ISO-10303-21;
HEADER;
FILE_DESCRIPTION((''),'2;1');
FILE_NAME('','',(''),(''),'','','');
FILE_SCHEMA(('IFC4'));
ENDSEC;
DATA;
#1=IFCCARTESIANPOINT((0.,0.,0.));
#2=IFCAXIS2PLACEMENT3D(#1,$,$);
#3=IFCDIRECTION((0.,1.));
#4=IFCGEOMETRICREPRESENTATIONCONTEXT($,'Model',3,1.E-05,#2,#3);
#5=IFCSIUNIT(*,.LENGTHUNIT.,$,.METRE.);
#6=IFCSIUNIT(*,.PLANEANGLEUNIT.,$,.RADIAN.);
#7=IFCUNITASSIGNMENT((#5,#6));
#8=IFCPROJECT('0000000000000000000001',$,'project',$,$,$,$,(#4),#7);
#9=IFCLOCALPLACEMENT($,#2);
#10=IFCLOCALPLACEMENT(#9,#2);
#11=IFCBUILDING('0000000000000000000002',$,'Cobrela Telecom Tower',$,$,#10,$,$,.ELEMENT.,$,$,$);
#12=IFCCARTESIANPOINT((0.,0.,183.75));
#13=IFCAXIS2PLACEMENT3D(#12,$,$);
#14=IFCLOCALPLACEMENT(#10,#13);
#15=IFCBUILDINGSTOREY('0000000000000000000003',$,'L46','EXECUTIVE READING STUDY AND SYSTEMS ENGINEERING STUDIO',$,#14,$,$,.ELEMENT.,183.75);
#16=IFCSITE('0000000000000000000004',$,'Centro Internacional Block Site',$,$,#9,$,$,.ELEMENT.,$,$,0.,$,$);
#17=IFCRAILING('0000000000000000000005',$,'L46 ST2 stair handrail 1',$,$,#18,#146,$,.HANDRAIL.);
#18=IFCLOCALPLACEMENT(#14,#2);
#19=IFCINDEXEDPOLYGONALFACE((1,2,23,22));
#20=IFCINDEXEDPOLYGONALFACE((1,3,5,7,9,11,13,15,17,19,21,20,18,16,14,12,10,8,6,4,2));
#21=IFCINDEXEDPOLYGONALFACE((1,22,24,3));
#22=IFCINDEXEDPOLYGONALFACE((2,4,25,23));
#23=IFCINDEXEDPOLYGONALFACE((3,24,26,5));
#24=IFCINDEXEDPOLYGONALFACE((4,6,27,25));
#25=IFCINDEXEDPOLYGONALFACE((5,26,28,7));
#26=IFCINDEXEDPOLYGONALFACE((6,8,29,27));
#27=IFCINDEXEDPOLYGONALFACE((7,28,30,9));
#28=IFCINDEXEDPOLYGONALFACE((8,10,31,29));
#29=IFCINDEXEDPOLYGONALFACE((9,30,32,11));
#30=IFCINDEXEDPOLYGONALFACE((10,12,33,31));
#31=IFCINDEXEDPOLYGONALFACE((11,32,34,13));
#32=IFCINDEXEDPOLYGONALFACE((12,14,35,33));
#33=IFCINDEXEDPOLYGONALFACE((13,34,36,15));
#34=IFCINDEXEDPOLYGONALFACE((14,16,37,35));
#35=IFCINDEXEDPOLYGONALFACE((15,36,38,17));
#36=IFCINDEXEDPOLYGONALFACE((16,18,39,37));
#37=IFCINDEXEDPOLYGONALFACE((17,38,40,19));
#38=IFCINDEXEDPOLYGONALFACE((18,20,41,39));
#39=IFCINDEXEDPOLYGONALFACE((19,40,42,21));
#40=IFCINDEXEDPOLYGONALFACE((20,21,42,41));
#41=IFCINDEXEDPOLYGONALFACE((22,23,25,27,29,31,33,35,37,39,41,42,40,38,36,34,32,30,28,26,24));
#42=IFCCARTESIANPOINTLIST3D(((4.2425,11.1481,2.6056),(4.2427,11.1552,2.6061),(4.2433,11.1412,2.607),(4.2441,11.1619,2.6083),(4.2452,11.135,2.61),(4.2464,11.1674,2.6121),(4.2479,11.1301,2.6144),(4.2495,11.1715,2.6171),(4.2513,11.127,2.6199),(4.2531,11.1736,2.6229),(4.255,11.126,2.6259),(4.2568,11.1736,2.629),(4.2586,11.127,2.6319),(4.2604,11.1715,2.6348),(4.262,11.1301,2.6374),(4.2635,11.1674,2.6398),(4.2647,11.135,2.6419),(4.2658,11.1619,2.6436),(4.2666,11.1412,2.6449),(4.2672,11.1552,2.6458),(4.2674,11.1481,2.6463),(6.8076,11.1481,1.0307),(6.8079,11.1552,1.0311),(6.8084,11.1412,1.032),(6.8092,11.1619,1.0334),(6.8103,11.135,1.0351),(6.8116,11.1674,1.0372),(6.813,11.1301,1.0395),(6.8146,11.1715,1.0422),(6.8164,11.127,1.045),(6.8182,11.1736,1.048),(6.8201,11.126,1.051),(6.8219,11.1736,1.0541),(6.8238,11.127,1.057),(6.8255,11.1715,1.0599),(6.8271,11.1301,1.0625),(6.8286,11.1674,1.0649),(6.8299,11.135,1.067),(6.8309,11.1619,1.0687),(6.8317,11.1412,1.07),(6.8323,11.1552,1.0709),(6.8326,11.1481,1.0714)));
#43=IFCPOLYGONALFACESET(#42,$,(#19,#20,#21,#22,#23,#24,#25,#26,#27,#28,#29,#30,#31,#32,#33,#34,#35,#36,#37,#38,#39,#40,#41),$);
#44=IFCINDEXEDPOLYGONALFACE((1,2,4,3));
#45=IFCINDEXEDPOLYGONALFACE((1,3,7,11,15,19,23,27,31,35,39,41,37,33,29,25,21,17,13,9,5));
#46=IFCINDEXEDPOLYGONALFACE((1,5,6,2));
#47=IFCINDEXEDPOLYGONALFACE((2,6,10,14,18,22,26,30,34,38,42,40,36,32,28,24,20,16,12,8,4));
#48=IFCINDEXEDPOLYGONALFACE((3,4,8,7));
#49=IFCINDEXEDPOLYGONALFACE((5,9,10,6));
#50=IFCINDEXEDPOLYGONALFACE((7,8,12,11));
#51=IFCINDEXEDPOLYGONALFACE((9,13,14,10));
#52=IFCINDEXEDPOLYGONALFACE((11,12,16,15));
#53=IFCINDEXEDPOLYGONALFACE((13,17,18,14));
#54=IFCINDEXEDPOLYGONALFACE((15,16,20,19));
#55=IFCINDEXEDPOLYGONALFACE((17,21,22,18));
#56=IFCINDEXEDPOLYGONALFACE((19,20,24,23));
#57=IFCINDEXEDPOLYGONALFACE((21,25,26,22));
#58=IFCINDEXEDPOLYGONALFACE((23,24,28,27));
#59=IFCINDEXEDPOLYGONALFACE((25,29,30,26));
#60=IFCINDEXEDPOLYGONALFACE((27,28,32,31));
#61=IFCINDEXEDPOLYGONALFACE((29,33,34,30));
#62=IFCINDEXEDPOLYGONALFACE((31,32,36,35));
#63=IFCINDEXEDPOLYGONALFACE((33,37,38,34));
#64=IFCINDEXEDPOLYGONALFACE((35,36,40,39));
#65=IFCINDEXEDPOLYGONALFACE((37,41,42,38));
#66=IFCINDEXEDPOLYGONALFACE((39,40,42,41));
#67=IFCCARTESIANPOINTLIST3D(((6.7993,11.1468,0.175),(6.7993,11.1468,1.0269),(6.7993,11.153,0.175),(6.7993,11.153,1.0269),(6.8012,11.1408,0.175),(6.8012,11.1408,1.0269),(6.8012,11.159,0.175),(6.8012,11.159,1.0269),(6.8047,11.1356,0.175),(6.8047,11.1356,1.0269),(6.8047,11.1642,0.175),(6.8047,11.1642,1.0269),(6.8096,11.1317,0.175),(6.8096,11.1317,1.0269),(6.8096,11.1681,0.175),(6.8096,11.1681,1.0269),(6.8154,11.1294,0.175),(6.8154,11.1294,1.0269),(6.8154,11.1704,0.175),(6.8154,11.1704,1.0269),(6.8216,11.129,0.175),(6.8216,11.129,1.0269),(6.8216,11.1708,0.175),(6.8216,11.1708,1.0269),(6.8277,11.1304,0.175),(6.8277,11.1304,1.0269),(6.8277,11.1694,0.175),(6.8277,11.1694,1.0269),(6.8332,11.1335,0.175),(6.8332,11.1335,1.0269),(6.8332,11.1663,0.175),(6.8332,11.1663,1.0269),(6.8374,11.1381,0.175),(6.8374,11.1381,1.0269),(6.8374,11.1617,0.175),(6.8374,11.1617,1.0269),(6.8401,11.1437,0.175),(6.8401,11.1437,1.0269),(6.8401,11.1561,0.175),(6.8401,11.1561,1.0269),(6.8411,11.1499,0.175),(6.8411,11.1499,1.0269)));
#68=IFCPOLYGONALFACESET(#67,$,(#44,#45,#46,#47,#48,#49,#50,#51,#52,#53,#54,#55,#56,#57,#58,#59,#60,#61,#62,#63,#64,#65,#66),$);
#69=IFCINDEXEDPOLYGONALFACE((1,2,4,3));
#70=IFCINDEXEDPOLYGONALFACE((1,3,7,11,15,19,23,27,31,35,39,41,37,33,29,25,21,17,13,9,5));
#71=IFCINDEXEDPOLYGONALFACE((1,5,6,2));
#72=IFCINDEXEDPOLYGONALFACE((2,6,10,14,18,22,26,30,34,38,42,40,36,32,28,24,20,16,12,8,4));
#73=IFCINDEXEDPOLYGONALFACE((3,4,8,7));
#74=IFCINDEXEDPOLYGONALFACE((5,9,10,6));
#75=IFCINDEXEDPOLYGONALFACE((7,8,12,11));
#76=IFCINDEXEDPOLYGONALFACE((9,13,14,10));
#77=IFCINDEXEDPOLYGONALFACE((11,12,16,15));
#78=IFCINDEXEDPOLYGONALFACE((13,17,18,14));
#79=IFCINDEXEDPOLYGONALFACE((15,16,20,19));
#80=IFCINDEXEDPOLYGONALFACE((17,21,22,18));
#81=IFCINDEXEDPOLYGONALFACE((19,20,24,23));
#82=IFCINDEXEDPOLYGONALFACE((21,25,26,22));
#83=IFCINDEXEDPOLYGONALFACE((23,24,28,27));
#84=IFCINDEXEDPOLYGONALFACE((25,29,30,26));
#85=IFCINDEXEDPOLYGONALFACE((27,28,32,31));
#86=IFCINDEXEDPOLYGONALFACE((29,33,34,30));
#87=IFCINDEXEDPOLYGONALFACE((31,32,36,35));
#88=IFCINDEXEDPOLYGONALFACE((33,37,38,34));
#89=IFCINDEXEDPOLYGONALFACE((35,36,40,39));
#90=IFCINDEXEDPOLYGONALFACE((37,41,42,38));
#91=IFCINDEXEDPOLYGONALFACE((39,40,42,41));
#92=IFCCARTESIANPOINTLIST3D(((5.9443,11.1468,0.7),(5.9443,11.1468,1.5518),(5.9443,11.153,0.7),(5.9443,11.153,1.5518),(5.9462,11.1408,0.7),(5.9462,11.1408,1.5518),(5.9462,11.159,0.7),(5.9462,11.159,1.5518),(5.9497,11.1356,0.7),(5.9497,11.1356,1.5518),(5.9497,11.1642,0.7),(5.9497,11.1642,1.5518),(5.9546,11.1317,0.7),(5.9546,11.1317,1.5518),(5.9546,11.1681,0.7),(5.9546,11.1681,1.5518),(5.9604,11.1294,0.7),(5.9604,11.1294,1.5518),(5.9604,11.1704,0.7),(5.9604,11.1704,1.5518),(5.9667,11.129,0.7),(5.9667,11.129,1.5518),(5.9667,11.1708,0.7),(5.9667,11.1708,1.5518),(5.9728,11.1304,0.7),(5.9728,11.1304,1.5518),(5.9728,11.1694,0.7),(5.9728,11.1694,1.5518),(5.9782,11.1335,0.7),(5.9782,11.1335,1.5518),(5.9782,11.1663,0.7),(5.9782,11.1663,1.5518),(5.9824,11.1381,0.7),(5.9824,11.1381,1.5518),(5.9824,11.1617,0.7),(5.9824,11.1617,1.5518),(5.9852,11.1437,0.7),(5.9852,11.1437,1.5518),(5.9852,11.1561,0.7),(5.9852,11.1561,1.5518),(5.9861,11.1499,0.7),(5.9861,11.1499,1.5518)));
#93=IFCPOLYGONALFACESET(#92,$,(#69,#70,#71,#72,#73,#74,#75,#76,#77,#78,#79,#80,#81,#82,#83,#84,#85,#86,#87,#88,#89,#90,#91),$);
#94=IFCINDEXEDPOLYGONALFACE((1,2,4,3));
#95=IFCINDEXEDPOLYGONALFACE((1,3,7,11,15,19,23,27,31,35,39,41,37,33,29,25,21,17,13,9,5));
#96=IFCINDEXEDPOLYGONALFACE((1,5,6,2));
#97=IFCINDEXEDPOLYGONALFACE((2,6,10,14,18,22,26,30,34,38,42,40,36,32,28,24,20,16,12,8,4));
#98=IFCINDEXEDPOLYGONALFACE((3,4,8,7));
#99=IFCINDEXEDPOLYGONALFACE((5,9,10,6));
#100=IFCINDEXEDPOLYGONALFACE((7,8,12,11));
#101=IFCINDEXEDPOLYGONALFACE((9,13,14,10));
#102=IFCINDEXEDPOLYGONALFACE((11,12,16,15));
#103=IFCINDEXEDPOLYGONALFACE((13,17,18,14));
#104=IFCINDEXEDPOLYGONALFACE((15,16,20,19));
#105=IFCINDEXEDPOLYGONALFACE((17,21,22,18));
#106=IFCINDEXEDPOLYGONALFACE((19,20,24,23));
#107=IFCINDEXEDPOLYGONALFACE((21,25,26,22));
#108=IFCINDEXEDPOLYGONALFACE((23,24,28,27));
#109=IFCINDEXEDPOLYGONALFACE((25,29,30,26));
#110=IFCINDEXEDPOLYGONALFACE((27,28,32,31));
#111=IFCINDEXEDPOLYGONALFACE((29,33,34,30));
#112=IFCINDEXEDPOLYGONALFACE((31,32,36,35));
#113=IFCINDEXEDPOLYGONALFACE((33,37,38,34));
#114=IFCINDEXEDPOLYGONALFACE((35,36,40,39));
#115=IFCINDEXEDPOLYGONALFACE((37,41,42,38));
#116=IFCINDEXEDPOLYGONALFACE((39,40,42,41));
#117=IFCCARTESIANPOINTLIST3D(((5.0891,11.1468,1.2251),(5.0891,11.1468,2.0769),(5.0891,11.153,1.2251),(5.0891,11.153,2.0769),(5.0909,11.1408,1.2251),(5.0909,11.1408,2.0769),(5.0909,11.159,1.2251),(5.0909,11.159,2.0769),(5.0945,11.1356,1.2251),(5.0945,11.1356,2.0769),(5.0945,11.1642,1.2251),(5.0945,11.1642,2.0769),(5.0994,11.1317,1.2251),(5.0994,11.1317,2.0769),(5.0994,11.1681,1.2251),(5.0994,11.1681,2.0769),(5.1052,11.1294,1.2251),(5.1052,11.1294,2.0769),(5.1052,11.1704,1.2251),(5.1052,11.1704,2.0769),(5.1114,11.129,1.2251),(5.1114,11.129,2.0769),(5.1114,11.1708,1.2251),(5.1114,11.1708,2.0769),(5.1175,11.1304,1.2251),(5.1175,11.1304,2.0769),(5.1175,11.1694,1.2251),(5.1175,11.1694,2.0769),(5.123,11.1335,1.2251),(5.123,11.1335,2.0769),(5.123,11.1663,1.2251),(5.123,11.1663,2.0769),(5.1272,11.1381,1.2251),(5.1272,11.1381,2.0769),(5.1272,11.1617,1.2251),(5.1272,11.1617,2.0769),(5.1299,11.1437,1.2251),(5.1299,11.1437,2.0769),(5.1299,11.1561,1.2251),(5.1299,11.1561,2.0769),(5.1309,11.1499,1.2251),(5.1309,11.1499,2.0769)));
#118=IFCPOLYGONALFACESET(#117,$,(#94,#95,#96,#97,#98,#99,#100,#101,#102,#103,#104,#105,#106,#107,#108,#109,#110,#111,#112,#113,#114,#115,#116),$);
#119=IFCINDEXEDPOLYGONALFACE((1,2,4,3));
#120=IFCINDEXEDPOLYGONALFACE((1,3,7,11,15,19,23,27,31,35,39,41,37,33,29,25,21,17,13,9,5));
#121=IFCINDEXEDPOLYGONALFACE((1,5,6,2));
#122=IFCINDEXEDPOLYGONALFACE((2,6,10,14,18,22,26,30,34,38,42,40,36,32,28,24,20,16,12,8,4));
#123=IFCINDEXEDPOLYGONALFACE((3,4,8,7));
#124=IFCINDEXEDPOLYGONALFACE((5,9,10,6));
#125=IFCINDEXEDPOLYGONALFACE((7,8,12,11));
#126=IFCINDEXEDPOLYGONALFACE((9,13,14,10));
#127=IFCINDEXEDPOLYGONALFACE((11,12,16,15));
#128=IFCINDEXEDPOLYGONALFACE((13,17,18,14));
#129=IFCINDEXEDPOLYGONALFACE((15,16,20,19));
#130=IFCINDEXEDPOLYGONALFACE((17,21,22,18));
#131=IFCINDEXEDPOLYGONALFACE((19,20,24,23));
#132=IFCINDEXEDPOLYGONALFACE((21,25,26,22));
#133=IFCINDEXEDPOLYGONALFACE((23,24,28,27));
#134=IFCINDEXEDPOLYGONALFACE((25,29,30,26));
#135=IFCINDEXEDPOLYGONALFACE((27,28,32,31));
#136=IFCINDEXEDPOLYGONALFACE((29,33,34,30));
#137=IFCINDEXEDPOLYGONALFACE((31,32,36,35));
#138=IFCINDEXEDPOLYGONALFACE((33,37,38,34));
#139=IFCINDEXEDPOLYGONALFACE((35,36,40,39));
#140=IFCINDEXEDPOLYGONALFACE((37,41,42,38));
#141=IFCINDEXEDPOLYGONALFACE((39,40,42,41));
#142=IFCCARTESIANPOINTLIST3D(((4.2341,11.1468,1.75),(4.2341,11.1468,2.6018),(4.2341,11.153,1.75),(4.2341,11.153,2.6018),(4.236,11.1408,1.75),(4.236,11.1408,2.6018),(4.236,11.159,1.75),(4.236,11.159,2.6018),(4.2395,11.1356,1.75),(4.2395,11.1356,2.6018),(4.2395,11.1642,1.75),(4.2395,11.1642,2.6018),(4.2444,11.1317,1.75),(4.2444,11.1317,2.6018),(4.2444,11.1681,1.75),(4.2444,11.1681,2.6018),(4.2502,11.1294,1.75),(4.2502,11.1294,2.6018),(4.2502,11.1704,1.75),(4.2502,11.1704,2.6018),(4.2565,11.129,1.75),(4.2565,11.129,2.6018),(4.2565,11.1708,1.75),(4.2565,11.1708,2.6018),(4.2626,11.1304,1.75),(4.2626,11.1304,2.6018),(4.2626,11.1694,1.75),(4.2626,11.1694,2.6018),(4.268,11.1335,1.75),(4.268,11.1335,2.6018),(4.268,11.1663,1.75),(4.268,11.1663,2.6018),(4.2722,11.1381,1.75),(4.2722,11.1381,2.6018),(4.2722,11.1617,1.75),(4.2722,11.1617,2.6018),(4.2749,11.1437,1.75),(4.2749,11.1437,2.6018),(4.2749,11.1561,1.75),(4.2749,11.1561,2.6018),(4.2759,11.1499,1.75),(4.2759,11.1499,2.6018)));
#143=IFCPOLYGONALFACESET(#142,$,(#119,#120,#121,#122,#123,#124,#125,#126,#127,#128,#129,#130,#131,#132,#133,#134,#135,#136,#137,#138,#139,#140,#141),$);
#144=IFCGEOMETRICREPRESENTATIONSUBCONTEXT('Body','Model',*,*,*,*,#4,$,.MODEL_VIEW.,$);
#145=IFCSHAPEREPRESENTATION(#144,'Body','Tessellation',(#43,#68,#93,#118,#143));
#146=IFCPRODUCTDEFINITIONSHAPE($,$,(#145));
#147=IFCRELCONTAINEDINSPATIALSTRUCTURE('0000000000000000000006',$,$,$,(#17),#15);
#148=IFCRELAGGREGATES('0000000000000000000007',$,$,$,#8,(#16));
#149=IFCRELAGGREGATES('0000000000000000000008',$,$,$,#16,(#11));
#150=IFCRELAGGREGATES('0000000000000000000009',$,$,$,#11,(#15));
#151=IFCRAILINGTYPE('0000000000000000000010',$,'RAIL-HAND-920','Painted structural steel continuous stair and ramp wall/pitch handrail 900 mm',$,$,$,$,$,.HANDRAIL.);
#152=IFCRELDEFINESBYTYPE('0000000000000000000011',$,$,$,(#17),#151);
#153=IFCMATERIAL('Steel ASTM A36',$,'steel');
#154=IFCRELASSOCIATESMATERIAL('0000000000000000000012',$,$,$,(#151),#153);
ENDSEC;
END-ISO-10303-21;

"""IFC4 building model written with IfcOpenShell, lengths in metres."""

from ifc_helpers import new_model, si_unit, direction, frame, origin, origin_2d, place, context, subcontext, project, spatial, circle, extrude, material, type_object, element, save


model = new_model("IFC4")

# Units and contexts
model_context = context("Model", 3, precision=1e-05, world=origin(), true_north=direction((0.0, 1.0)))
body_context = subcontext(model_context, "Body", "Model", "MODEL_VIEW")
ifc_project = project(units=[si_unit("LENGTHUNIT", "METRE"), si_unit("PLANEANGLEUNIT", "RADIAN")], contexts=[model_context])

# Site, building, storey
site_placement = place(None, origin())
site = spatial("IfcSite", under=ifc_project, at=site_placement, Name="Centro Internacional Block Site", CompositionType="ELEMENT", RefElevation=0.0)
building_placement = place(site_placement, origin())
building = spatial("IfcBuilding", under=site, at=building_placement, Name="Cobrela Telecom Tower", CompositionType="ELEMENT")
storey_placement = place(building_placement, frame((0.0, 0.0, 183.75)))
storey = spatial("IfcBuildingStorey", under=building, at=storey_placement, Name="L46", Description="EXECUTIVE READING STUDY AND SYSTEMS ENGINEERING STUDIO", CompositionType="ELEMENT", Elevation=183.75)

# Railing
ifc_material_1 = material(Name="Steel ASTM A36", Category="steel")
railing_type_1 = type_object("IfcRailingType", Name="RAIL-HAND-920", Description="Painted structural steel continuous stair and ramp wall/pitch handrail 900 mm", PredefinedType="HANDRAIL", material=ifc_material_1)
railing_1_placement = place(storey_placement, frame((6.8201, 11.1499, 0.175)))
element("IfcRailing", 1, at=railing_1_placement, inside=storey, type_object=railing_type_1, Name="L46 ST2 stair handrail 1", PredefinedType="HANDRAIL", context=body_context, shape_type="SweptSolid", body=[
    extrude(circle(Radius=0.0239, at=origin_2d()), frame((0.0, 0.0, 0.876), z_axis=(-0.852195, 0.0, 0.523224), x_axis=(0.0, -1.0, 0.0)), (0.0, 0.0, 1.0), 3.01),
    extrude(circle(Radius=0.021, at=origin_2d()), origin(), (0.0, 0.0, 1.0), 0.8518),
    extrude(circle(Radius=0.021, at=origin_2d()), frame((-0.855, 0.0, 0.5249)), (0.0, 0.0, 1.0), 0.8518),
    extrude(circle(Radius=0.021, at=origin_2d()), frame((-1.7102, 0.0, 1.05)), (0.0, 0.0, 1.0), 0.8518),
    extrude(circle(Radius=0.021, at=origin_2d()), frame((-2.5652, 0.0, 1.575)), (0.0, 0.0, 1.0), 0.8518),
])

save(model, "model.ifc")
